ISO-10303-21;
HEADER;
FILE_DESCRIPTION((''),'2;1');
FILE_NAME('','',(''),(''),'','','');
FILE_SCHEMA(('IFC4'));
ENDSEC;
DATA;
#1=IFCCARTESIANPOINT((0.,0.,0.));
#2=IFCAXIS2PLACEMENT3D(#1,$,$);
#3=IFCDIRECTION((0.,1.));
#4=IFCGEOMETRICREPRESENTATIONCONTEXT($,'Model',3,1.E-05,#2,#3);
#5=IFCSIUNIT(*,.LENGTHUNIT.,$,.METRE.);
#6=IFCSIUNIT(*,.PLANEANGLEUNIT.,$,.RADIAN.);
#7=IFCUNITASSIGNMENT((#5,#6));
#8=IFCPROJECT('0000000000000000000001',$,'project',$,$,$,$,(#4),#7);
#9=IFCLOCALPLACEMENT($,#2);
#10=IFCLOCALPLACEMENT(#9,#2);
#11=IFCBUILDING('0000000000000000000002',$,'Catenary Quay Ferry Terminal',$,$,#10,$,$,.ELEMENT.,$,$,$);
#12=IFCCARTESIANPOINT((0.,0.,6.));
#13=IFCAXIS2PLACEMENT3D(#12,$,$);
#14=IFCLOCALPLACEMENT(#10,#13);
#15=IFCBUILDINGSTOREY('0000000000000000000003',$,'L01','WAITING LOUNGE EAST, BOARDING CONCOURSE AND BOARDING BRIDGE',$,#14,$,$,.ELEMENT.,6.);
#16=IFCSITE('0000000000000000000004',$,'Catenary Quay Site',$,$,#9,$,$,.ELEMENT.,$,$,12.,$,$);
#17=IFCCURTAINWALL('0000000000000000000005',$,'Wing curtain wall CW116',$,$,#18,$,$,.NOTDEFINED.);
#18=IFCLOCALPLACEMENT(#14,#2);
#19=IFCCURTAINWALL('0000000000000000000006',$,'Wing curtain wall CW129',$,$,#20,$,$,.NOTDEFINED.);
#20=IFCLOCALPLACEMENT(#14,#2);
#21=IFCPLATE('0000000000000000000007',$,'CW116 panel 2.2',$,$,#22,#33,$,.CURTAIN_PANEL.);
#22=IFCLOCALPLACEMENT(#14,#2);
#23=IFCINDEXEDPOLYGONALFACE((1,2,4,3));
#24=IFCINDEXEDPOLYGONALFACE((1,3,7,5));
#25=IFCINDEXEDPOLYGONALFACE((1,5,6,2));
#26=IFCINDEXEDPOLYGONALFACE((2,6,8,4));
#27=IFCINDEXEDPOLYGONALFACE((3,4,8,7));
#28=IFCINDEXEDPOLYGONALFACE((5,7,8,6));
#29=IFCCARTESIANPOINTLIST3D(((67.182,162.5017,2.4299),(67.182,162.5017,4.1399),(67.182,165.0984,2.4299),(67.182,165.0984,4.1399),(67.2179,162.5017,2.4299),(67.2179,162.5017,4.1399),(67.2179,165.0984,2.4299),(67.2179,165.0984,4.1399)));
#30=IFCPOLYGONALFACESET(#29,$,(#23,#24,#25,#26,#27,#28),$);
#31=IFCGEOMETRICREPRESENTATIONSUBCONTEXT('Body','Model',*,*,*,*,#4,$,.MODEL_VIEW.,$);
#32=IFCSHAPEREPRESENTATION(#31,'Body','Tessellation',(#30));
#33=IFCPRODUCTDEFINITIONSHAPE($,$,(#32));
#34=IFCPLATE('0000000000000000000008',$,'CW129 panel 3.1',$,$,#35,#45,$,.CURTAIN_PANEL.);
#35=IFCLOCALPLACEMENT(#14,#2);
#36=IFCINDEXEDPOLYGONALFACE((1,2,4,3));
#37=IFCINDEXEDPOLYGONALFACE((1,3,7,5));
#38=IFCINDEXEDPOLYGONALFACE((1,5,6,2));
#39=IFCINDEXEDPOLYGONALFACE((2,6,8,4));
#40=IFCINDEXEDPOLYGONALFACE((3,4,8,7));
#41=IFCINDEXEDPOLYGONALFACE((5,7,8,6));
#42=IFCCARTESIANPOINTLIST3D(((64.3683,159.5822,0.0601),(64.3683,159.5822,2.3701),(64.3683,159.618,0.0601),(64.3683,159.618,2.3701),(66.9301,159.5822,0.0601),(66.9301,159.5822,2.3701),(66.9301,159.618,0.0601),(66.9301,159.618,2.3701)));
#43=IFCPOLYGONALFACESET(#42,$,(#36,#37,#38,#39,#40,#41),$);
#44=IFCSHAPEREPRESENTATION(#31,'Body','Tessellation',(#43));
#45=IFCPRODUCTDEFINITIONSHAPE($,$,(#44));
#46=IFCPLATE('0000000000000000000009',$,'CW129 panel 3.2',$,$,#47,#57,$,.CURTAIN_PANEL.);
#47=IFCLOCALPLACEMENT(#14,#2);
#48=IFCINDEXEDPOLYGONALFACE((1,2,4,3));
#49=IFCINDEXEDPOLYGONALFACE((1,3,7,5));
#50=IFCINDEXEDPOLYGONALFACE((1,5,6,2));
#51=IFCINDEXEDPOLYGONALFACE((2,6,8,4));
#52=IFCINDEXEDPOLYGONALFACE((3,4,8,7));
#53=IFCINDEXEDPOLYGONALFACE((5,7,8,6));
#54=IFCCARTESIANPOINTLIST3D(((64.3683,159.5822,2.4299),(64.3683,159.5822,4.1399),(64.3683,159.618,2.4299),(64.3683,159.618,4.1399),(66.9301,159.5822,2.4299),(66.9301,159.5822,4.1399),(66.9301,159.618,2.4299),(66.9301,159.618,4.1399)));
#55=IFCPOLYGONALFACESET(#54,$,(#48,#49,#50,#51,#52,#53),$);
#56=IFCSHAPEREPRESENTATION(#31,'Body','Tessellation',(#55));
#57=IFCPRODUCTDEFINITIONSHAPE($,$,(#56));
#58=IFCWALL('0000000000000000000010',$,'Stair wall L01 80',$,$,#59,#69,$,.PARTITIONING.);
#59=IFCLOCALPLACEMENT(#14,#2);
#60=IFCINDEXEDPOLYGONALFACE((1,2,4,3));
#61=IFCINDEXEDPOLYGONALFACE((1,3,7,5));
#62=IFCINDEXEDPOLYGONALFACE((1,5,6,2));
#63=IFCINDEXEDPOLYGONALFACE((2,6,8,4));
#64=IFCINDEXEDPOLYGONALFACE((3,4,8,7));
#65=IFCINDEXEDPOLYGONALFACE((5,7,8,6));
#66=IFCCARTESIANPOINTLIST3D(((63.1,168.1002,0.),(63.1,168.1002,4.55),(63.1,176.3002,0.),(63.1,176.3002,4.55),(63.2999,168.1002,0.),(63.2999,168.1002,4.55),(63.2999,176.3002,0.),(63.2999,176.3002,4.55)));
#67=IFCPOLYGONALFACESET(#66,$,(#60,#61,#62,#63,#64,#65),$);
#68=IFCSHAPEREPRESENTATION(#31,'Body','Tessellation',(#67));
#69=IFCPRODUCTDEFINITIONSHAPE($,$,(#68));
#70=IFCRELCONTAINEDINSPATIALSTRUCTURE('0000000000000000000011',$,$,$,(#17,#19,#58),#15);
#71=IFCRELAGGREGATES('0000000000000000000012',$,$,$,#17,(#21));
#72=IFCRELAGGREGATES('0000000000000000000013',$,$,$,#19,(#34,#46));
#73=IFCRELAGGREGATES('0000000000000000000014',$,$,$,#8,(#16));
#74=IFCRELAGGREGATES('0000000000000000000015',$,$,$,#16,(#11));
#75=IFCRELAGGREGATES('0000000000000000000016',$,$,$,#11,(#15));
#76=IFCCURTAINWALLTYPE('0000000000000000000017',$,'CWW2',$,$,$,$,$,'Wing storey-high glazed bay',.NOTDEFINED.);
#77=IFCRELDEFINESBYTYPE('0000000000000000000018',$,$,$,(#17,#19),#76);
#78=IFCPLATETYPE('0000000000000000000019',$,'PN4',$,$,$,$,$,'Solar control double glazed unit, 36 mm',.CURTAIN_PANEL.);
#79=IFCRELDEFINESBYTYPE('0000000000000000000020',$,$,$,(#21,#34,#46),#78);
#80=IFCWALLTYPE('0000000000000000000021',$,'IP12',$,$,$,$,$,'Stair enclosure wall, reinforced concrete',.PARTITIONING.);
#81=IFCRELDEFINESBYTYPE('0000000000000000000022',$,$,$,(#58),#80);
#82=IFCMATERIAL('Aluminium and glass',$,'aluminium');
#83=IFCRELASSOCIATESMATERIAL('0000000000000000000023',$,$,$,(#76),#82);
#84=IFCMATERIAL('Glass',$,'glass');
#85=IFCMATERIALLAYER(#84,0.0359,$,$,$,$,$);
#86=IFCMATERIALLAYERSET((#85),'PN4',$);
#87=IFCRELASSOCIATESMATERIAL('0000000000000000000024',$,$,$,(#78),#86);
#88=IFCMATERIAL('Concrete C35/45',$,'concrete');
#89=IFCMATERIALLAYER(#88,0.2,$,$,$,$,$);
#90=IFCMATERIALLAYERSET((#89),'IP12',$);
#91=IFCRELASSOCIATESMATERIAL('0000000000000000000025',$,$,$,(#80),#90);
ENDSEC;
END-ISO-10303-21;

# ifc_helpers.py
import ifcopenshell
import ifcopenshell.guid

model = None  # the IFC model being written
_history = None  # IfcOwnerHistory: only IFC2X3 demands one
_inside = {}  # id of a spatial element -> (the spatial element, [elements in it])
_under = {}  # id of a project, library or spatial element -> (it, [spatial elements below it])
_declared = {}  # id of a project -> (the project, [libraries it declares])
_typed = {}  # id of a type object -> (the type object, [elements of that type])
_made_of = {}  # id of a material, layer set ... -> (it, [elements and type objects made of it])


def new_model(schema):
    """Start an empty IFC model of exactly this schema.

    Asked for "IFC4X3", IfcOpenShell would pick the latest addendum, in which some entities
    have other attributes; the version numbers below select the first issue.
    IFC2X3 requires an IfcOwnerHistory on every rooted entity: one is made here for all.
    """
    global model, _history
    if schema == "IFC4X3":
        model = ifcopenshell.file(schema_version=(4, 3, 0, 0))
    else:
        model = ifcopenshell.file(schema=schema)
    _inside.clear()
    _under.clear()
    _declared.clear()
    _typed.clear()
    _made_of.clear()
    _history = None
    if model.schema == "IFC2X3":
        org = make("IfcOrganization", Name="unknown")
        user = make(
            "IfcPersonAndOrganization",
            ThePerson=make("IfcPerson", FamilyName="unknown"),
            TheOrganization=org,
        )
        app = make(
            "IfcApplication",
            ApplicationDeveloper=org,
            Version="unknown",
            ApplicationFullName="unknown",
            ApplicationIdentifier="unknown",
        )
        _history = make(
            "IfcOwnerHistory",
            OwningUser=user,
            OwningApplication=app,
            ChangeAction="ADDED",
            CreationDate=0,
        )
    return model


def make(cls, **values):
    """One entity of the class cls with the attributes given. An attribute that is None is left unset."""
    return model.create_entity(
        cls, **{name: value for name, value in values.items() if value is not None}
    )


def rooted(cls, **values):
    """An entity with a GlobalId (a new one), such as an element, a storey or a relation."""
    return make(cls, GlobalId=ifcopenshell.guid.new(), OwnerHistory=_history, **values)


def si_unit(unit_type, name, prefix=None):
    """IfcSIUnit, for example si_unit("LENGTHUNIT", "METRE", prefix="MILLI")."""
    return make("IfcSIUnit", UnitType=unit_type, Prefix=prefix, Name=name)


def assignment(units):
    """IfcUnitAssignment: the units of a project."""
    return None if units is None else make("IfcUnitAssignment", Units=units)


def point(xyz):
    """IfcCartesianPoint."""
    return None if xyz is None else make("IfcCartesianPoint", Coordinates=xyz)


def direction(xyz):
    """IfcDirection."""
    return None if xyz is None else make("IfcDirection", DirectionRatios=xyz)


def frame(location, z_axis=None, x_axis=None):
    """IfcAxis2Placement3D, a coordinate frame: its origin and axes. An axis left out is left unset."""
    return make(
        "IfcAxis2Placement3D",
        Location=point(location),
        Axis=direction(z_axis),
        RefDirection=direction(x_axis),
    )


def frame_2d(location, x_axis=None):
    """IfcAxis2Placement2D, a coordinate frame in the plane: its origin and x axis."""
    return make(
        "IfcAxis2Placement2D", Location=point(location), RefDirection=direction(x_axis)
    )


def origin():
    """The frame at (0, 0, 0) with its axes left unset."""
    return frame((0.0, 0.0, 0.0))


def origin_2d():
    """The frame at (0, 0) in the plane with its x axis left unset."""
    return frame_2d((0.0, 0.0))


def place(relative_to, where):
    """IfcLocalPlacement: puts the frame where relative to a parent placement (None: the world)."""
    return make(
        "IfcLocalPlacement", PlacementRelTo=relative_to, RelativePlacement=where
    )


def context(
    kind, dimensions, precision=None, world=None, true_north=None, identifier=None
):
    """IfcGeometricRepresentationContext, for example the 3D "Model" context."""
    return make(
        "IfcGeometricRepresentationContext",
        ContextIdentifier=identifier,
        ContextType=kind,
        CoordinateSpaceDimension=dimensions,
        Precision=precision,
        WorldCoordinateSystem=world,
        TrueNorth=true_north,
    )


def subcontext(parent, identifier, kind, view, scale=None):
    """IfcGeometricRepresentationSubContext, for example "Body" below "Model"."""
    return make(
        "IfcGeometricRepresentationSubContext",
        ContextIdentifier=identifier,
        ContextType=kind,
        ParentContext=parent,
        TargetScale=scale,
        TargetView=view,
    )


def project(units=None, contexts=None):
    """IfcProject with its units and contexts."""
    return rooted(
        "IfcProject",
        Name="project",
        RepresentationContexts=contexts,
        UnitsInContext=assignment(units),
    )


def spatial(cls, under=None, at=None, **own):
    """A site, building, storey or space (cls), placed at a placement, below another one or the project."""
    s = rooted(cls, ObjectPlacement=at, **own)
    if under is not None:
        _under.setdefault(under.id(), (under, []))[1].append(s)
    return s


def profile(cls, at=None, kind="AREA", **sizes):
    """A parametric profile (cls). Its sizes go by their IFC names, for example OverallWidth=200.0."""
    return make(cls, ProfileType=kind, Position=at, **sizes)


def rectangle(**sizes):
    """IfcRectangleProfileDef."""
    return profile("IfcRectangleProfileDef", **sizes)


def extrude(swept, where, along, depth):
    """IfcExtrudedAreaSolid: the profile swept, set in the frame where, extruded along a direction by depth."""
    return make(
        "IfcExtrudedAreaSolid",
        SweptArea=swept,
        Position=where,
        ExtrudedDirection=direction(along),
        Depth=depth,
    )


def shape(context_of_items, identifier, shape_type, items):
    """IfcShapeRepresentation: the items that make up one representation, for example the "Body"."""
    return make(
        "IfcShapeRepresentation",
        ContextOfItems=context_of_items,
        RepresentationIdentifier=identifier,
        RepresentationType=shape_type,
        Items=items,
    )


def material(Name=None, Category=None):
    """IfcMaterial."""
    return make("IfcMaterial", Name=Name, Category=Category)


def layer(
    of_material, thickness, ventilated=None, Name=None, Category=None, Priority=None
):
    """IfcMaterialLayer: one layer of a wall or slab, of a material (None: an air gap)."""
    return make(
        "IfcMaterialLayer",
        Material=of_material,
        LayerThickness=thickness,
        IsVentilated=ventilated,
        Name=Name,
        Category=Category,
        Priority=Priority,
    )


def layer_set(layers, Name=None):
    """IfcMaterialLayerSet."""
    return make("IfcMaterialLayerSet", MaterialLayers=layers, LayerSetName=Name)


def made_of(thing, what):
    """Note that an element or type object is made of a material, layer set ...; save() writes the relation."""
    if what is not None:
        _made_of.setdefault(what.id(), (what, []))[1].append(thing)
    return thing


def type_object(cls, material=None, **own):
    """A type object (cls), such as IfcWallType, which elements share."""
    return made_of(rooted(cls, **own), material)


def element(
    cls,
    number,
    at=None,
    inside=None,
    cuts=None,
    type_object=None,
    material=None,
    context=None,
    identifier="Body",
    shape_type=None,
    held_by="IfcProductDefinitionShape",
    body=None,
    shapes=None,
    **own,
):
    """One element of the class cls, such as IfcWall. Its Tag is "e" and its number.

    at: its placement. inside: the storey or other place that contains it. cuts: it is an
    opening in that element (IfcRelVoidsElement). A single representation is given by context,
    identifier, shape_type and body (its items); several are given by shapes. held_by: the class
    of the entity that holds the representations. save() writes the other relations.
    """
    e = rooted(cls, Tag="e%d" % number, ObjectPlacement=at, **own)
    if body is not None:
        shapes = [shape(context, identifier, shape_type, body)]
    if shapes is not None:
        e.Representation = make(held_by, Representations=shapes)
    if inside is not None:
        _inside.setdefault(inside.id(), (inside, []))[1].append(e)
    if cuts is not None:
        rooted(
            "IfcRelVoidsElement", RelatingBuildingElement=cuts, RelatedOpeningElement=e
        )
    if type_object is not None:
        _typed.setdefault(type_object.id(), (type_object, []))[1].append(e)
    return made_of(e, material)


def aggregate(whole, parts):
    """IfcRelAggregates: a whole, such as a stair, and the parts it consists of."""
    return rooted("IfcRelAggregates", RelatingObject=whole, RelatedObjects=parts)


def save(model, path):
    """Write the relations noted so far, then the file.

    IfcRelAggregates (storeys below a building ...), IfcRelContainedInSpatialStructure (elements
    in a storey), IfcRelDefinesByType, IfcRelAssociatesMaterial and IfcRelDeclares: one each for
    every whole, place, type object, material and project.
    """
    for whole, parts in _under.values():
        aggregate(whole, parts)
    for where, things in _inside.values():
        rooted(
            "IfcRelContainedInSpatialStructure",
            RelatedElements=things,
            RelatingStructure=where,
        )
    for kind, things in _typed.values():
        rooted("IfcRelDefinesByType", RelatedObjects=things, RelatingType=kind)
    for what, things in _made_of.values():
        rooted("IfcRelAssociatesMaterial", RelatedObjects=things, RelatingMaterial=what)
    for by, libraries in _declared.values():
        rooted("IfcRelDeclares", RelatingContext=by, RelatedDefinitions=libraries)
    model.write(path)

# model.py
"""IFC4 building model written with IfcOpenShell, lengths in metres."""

from ifc_helpers import new_model, si_unit, direction, frame, frame_2d, origin, origin_2d, place, context, subcontext, project, spatial, rectangle, extrude, material, layer, layer_set, type_object, element, aggregate, save


model = new_model("IFC4")

# Units and contexts
model_context = context("Model", 3, precision=1e-05, world=origin(), true_north=direction((0.0, 1.0)))
body_context = subcontext(model_context, "Body", "Model", "MODEL_VIEW")
ifc_project = project(units=[si_unit("LENGTHUNIT", "METRE"), si_unit("PLANEANGLEUNIT", "RADIAN")], contexts=[model_context])

# Site, building, storey
site_placement = place(None, origin())
site = spatial("IfcSite", under=ifc_project, at=site_placement, Name="Catenary Quay Site", CompositionType="ELEMENT", RefElevation=12.0)
building_placement = place(site_placement, origin())
building = spatial("IfcBuilding", under=site, at=building_placement, Name="Catenary Quay Ferry Terminal", CompositionType="ELEMENT")
storey_placement = place(building_placement, frame((0.0, 0.0, 6.0)))
storey = spatial("IfcBuildingStorey", under=building, at=storey_placement, Name="L01", Description="WAITING LOUNGE EAST, BOARDING CONCOURSE AND BOARDING BRIDGE", CompositionType="ELEMENT", Elevation=6.0)

# Curtain walls
ifc_material_1 = material(Name="Aluminium and glass", Category="aluminium")
curtain_wall_type = type_object("IfcCurtainWallType", Name="CWW2", ElementType="Wing storey-high glazed bay", PredefinedType="NOTDEFINED", material=ifc_material_1)
curtain_wall_1_placement = place(storey_placement, origin())
curtain_wall_1 = element("IfcCurtainWall", 1, at=curtain_wall_1_placement, inside=storey, type_object=curtain_wall_type, Name="Wing curtain wall CW116", PredefinedType="NOTDEFINED")
curtain_wall_2_placement = place(storey_placement, origin())
curtain_wall_2 = element("IfcCurtainWall", 2, at=curtain_wall_2_placement, inside=storey, type_object=curtain_wall_type, Name="Wing curtain wall CW129", PredefinedType="NOTDEFINED")

# Plates
ifc_material_2 = material(Name="Glass", Category="glass")
ifc_layer_1 = layer(ifc_material_2, 0.0359)
ifc_layer_set_1 = layer_set([ifc_layer_1], Name="PN4")
plate_type = type_object("IfcPlateType", Name="PN4", ElementType="Solar control double glazed unit, 36 mm", PredefinedType="CURTAIN_PANEL", material=ifc_layer_set_1)
plate_1_placement = place(storey_placement, frame((67.2, 163.8, 2.4299), z_axis=(0.0, 0.0, 1.0), x_axis=(0.0, 1.0, 0.0)))
plate_1 = element("IfcPlate", 3, at=plate_1_placement, type_object=plate_type, Name="CW116 panel 2.2", PredefinedType="CURTAIN_PANEL", context=body_context, shape_type="SweptSolid", body=[
    extrude(rectangle(XDim=2.5967, YDim=0.0359, at=origin_2d()), origin(), (0.0, 0.0, 1.0), 1.71),
])
aggregate(curtain_wall_1, [plate_1])
plate_2_placement = place(storey_placement, frame((65.6492, 159.6001, 0.0601), z_axis=(0.0, 0.0, 1.0), x_axis=(1.0, 0.0, 0.0)))
plate_2 = element("IfcPlate", 4, at=plate_2_placement, type_object=plate_type, Name="CW129 panel 3.1", PredefinedType="CURTAIN_PANEL", context=body_context, shape_type="SweptSolid", body=[
    extrude(rectangle(XDim=2.5618, YDim=0.0359, at=origin_2d()), origin(), (0.0, 0.0, 1.0), 2.3101),
])
plate_3_placement = place(storey_placement, frame((65.6492, 159.6001, 2.4299), z_axis=(0.0, 0.0, 1.0), x_axis=(1.0, 0.0, 0.0)))
plate_3 = element("IfcPlate", 5, at=plate_3_placement, type_object=plate_type, Name="CW129 panel 3.2", PredefinedType="CURTAIN_PANEL", context=body_context, shape_type="SweptSolid", body=[
    extrude(rectangle(XDim=2.5618, YDim=0.0359, at=origin_2d()), origin(), (0.0, 0.0, 1.0), 1.71),
])
aggregate(curtain_wall_2, [plate_2, plate_3])

# Wall
ifc_material_3 = material(Name="Concrete C35/45", Category="concrete")
ifc_layer_2 = layer(ifc_material_3, 0.2)
ifc_layer_set_2 = layer_set([ifc_layer_2], Name="IP12")
wall_type = type_object("IfcWallType", Name="IP12", ElementType="Stair enclosure wall, reinforced concrete", PredefinedType="PARTITIONING", material=ifc_layer_set_2)
wall_placement = place(storey_placement, frame((63.2, 168.1001, 0.0), z_axis=(0.0, 0.0, 1.0), x_axis=(0.0, 1.0, 0.0)))
element("IfcWall", 6, at=wall_placement, inside=storey, type_object=wall_type, Name="Stair wall L01 80", PredefinedType="PARTITIONING", context=body_context, shape_type="SweptSolid", body=[
    extrude(rectangle(XDim=8.2, YDim=0.2, at=frame_2d((4.1001, 0.0))), origin(), (0.0, 0.0, 1.0), 4.55),
])

save(model, "model.ifc")
